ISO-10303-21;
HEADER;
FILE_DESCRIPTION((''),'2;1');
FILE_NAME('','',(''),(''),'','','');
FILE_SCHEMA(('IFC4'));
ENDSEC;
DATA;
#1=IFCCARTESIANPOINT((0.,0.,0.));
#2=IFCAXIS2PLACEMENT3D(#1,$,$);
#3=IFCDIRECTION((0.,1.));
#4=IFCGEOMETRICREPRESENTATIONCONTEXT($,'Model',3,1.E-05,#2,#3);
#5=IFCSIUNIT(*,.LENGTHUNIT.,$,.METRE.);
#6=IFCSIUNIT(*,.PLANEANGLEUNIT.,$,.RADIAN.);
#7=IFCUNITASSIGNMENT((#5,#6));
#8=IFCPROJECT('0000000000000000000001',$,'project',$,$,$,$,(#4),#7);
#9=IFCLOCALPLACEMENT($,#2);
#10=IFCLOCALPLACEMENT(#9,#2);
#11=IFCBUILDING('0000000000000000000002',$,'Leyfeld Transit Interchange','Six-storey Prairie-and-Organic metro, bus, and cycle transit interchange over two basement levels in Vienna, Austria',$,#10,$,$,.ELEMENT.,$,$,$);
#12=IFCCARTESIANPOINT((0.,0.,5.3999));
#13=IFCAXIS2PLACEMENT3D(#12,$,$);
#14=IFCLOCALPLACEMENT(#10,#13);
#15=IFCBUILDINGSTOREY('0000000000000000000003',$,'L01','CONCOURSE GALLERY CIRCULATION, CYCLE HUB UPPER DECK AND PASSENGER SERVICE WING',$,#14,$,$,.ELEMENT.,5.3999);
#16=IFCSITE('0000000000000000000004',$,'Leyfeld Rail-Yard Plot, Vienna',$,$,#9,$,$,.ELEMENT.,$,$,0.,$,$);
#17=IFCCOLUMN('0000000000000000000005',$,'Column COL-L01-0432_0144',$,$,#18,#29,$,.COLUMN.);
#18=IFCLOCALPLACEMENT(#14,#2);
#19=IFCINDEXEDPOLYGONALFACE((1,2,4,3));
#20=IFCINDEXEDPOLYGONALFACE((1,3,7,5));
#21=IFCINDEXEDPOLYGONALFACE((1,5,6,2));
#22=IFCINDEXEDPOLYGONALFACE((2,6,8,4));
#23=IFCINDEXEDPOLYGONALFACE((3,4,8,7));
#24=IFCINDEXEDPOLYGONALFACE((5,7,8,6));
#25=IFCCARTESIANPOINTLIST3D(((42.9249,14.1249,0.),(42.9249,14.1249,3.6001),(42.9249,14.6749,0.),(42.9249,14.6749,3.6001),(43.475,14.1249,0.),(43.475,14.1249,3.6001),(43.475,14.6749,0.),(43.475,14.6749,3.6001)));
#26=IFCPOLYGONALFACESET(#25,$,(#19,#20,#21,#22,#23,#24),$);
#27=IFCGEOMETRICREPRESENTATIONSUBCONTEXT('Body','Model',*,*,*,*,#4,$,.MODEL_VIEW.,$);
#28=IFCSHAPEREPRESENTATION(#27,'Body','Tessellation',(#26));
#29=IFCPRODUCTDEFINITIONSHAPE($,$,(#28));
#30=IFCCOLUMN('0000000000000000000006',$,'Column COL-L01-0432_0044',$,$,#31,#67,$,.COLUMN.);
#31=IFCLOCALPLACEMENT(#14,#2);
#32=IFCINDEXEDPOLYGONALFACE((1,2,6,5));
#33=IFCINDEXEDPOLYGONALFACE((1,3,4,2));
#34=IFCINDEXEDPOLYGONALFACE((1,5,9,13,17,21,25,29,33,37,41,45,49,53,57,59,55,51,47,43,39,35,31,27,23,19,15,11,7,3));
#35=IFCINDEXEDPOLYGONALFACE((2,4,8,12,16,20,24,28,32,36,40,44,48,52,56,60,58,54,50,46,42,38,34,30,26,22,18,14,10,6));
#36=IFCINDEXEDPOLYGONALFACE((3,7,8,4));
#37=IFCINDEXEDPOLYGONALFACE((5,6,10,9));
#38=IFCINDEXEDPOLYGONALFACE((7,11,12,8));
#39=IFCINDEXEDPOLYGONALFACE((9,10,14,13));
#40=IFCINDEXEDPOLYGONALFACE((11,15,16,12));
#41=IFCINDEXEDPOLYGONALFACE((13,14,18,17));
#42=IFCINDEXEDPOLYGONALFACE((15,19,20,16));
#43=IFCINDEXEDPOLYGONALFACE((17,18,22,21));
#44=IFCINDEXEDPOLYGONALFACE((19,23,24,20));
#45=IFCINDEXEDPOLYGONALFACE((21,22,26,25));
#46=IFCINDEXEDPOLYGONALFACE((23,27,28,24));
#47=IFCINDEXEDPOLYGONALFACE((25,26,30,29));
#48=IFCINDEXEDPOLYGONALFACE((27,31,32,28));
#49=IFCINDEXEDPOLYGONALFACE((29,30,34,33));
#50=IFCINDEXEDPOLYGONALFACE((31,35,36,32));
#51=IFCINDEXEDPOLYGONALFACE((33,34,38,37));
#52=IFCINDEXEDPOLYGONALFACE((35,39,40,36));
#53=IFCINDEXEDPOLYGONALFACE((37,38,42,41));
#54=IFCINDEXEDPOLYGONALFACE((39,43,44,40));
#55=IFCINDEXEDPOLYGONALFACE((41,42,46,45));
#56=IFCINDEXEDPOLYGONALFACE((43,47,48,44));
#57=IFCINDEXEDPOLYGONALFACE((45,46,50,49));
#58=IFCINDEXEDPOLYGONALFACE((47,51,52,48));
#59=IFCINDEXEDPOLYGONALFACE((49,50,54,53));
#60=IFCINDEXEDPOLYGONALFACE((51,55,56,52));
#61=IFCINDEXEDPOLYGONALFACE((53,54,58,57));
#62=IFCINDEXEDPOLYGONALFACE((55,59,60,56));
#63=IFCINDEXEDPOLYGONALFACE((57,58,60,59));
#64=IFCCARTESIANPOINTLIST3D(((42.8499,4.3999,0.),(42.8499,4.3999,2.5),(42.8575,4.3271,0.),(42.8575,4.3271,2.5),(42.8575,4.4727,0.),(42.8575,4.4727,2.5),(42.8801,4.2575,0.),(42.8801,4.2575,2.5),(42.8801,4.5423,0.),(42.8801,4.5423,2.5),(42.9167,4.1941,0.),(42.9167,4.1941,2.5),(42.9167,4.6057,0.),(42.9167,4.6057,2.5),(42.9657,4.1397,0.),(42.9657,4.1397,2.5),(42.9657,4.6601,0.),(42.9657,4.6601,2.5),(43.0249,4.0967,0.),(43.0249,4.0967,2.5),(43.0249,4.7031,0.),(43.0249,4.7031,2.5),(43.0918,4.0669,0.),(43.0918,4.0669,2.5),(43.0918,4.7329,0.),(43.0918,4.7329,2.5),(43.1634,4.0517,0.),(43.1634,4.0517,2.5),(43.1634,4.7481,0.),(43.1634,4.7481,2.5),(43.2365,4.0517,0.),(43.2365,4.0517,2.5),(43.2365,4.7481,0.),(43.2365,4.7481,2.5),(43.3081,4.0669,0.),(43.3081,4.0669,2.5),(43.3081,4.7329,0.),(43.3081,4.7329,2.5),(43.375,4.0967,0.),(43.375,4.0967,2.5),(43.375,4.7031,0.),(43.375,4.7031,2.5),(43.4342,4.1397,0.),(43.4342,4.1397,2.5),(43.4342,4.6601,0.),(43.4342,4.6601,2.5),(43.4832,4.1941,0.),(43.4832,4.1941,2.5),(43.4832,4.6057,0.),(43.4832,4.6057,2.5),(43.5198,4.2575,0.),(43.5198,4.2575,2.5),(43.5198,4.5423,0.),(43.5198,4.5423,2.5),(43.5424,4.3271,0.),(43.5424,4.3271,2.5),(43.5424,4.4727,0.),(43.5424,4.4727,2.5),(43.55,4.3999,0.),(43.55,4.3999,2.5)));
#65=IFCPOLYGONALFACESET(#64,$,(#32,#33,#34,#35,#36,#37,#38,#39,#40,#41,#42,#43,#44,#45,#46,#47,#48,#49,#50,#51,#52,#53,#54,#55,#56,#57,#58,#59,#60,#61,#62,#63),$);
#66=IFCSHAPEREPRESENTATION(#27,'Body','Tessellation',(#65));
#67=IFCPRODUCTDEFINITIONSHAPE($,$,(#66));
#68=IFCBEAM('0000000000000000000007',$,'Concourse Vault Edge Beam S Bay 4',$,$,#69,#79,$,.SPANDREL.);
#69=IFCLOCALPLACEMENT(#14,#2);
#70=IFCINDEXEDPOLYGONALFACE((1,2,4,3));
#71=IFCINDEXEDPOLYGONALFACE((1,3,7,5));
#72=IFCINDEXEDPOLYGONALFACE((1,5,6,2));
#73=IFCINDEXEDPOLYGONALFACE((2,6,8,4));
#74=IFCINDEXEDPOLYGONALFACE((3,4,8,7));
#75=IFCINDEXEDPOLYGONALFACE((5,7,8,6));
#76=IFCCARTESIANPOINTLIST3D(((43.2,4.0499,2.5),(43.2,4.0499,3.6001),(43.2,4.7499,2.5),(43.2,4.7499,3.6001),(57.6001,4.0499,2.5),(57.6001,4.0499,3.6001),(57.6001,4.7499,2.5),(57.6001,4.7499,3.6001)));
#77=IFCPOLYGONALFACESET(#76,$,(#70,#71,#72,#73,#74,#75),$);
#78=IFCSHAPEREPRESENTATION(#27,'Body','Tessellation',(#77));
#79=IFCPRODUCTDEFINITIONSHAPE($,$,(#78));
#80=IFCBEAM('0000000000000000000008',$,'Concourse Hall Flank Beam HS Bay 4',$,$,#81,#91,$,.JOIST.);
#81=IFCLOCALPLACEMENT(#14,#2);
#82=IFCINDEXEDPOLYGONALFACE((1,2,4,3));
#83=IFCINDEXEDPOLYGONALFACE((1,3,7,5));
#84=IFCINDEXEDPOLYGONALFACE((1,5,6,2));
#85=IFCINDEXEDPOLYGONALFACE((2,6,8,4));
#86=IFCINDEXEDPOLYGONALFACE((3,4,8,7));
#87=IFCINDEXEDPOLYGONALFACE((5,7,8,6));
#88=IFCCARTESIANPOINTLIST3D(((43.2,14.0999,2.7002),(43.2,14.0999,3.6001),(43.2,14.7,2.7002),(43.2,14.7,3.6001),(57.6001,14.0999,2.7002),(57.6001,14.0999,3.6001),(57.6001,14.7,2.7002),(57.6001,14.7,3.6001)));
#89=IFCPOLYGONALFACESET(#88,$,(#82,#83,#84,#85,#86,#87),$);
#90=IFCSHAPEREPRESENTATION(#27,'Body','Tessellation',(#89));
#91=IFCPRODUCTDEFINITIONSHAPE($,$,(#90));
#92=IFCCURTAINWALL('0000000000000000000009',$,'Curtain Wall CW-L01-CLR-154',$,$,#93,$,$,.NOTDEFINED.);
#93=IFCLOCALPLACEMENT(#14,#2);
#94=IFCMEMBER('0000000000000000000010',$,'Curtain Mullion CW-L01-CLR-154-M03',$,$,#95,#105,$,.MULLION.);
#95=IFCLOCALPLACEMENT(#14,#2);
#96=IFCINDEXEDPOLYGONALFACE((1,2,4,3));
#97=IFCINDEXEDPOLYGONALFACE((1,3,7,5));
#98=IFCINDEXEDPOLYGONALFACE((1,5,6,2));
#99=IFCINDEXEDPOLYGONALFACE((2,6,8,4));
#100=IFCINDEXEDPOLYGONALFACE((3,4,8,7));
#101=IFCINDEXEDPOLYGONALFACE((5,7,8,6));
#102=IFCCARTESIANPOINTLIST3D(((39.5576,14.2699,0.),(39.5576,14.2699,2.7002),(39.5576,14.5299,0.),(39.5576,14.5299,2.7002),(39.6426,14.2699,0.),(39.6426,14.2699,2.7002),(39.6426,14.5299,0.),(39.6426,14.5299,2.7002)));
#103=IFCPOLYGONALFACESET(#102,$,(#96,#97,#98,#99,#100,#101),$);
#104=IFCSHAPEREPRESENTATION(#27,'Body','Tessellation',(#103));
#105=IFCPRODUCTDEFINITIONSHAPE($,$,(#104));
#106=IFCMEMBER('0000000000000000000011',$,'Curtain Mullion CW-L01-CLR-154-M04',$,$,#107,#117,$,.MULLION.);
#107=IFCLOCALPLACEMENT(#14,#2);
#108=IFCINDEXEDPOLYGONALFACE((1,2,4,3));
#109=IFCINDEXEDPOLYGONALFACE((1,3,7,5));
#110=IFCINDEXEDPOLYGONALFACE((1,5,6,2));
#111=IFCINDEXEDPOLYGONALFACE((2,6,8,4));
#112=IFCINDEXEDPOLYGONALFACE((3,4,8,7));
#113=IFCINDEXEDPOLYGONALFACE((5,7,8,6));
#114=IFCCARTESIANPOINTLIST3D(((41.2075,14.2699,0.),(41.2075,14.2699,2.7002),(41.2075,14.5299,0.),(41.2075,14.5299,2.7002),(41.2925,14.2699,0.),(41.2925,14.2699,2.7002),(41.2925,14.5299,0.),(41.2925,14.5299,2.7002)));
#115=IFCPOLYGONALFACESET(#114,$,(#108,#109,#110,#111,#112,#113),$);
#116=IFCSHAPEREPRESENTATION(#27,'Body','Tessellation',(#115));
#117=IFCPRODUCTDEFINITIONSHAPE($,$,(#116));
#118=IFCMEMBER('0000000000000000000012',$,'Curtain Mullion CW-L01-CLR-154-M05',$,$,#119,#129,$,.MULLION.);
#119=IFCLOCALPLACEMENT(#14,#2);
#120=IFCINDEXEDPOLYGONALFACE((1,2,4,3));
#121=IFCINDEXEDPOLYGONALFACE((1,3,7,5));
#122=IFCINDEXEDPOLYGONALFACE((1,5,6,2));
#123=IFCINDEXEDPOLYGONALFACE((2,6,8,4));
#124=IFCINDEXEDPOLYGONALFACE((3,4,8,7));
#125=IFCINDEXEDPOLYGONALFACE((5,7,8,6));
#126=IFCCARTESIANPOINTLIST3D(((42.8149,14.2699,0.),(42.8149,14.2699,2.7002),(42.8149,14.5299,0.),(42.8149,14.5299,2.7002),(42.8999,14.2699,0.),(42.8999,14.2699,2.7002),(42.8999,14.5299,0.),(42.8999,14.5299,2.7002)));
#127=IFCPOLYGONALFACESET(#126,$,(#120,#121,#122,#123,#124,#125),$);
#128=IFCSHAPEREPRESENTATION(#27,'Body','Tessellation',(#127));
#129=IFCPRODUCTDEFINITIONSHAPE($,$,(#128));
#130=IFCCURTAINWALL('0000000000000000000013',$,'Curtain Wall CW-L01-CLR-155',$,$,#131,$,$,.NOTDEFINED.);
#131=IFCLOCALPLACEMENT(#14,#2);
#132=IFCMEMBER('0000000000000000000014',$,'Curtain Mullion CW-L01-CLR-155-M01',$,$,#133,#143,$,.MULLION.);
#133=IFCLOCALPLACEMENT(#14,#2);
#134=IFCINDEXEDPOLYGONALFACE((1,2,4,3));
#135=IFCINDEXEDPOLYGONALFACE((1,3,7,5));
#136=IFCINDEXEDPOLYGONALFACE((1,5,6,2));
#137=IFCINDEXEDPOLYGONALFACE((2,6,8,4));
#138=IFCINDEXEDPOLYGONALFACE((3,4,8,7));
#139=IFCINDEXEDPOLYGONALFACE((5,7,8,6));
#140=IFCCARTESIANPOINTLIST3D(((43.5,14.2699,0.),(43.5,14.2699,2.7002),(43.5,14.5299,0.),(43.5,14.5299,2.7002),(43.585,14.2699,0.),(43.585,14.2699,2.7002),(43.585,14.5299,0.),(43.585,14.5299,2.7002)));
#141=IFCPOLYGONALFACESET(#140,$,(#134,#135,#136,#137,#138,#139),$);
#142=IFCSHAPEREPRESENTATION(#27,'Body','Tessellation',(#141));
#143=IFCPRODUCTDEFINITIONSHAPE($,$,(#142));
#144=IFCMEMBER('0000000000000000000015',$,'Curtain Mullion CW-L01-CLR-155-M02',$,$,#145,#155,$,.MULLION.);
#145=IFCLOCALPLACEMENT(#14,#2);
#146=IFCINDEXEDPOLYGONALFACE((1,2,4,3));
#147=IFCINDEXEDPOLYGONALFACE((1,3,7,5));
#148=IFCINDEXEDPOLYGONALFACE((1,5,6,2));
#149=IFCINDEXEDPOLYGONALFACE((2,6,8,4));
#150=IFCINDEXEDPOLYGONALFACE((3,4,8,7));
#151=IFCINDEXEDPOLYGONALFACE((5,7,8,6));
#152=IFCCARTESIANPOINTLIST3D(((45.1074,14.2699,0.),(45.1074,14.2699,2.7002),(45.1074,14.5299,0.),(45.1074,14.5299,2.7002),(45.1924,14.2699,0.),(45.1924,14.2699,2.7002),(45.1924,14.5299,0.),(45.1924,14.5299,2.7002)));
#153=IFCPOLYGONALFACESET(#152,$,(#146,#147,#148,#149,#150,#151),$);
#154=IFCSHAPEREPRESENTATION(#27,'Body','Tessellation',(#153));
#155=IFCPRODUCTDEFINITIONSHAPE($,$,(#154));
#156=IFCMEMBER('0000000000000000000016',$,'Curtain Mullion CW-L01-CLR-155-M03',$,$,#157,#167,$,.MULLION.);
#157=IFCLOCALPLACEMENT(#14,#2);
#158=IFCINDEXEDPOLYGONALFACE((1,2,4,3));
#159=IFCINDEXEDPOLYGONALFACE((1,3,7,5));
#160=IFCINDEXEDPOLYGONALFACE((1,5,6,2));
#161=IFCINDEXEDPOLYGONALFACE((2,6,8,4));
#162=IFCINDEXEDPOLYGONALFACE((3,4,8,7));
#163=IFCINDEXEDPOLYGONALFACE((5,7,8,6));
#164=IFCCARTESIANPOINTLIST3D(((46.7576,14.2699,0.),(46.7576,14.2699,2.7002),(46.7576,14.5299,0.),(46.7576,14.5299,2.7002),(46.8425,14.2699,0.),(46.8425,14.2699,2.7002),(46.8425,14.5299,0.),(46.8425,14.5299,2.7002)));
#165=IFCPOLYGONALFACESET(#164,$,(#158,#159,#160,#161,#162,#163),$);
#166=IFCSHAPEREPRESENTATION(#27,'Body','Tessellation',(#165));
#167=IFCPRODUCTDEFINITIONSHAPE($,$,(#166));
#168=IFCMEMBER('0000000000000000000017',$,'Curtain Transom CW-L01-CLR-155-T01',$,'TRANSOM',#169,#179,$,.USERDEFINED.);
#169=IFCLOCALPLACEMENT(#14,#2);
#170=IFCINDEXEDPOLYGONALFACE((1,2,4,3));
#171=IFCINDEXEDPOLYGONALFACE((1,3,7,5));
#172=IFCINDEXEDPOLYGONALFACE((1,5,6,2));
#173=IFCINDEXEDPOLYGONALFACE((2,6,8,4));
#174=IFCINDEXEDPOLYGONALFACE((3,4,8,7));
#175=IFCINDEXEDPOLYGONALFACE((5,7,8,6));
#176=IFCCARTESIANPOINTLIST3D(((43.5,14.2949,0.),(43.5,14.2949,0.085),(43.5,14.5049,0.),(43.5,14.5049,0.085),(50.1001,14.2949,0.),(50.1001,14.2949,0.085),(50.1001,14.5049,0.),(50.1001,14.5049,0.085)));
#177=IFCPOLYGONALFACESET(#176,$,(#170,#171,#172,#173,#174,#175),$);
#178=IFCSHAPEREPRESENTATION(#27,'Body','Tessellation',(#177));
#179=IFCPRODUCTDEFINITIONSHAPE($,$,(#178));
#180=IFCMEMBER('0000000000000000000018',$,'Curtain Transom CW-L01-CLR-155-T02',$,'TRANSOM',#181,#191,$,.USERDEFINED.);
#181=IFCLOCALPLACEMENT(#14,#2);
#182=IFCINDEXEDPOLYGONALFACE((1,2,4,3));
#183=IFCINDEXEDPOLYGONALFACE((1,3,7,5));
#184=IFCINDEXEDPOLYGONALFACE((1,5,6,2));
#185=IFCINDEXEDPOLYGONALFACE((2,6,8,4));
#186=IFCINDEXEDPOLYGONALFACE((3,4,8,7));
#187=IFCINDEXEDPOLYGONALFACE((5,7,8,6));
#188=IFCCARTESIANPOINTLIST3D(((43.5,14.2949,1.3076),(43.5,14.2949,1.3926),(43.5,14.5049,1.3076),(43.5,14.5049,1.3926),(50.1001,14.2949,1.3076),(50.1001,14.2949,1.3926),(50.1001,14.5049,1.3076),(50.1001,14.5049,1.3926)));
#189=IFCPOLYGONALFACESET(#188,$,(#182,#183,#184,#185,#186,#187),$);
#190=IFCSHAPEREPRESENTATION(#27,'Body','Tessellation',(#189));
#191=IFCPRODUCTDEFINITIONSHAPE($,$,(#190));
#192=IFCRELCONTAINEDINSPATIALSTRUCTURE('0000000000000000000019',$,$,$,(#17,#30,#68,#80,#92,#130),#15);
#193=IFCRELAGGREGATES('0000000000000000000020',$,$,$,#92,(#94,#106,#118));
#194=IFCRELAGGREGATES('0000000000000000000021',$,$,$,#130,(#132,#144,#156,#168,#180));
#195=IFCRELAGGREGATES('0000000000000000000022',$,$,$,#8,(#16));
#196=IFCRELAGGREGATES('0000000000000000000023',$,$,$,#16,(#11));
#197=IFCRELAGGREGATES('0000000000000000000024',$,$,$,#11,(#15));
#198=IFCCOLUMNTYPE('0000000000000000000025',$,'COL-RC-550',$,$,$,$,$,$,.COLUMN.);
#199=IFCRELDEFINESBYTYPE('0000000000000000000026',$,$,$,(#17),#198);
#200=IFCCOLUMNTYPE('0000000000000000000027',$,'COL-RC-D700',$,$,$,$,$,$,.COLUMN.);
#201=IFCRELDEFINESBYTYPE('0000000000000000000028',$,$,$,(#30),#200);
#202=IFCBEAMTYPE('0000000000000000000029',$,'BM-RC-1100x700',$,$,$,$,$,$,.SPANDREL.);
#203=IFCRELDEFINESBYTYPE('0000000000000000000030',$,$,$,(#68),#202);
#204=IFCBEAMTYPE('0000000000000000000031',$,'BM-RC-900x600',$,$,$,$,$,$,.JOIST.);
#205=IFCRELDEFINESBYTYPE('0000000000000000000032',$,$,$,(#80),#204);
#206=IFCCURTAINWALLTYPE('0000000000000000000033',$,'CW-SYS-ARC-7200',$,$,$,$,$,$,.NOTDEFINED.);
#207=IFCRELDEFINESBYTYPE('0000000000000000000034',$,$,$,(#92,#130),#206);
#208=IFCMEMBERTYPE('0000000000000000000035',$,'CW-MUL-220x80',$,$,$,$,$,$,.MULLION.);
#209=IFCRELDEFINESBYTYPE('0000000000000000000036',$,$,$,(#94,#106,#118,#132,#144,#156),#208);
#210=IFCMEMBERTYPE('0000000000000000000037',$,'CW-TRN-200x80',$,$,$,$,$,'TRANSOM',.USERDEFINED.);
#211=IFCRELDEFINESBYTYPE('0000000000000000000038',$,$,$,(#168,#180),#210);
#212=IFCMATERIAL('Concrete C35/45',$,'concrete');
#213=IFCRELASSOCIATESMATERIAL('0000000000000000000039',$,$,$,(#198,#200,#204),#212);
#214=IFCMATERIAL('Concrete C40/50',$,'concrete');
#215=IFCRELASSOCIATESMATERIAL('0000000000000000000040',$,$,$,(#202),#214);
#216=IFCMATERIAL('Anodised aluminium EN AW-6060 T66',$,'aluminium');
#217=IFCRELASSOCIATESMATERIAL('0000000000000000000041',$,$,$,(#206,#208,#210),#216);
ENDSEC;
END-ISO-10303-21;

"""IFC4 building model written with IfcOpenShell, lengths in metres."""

from ifc_helpers import new_model, si_unit, direction, frame, origin, origin_2d, place, context, subcontext, project, spatial, rectangle, circle, extrude, material, material_profile, profile_set, type_object, element, aggregate, save


model = new_model("IFC4")

# Units and contexts
model_context = context("Model", 3, precision=1e-05, world=origin(), true_north=direction((0.0, 1.0)))
body_context = subcontext(model_context, "Body", "Model", "MODEL_VIEW")
ifc_project = project(units=[si_unit("LENGTHUNIT", "METRE"), si_unit("PLANEANGLEUNIT", "RADIAN")], contexts=[model_context])

# Site, building, storey
site_placement = place(None, origin())
site = spatial("IfcSite", under=ifc_project, at=site_placement, Name="Leyfeld Rail-Yard Plot, Vienna", CompositionType="ELEMENT", RefElevation=0.0)
building_placement = place(site_placement, origin())
building = spatial("IfcBuilding", under=site, at=building_placement, Name="Leyfeld Transit Interchange", Description="Six-storey Prairie-and-Organic metro, bus, and cycle transit interchange over two basement levels in Vienna, Austria", CompositionType="ELEMENT")
storey_placement = place(building_placement, frame((0.0, 0.0, 5.3999)))
storey = spatial("IfcBuildingStorey", under=building, at=storey_placement, Name="L01", Description="CONCOURSE GALLERY CIRCULATION, CYCLE HUB UPPER DECK AND PASSENGER SERVICE WING", CompositionType="ELEMENT", Elevation=5.3999)

# Columns
ifc_material_1 = material(Name="Concrete C35/45", Category="concrete")
ifc_material_profile_1 = material_profile(ifc_material_1, rectangle(XDim=0.55, YDim=0.55, at=origin_2d()), Name="RC 550x550")
ifc_profile_set_1 = profile_set([ifc_material_profile_1], Name="Concrete C35/45")
column_type_1 = type_object("IfcColumnType", Name="COL-RC-550", PredefinedType="COLUMN", material=ifc_profile_set_1)
column_1_placement = place(storey_placement, frame((43.2, 14.3999, 0.0), z_axis=(0.0, 0.0, 1.0), x_axis=(1.0, 0.0, 0.0)))
element("IfcColumn", 1, at=column_1_placement, inside=storey, type_object=column_type_1, Name="Column COL-L01-0432_0144", PredefinedType="COLUMN", context=body_context, shape_type="SweptSolid", body=[
    extrude(rectangle(XDim=0.55, YDim=0.55, at=origin_2d()), origin(), (0.0, 0.0, 1.0), 3.6001),
])
ifc_material_profile_2 = material_profile(ifc_material_1, circle(Radius=0.3501, at=origin_2d()), Name="RC D700")
ifc_profile_set_2 = profile_set([ifc_material_profile_2], Name="Concrete C35/45")
column_type_2 = type_object("IfcColumnType", Name="COL-RC-D700", PredefinedType="COLUMN", material=ifc_profile_set_2)
column_2_placement = place(storey_placement, frame((43.2, 4.3999, 0.0), z_axis=(0.0, 0.0, 1.0), x_axis=(1.0, 0.0, 0.0)))
element("IfcColumn", 2, at=column_2_placement, inside=storey, type_object=column_type_2, Name="Column COL-L01-0432_0044", PredefinedType="COLUMN", context=body_context, shape_type="SweptSolid", body=[
    extrude(circle(Radius=0.3501, at=origin_2d()), origin(), (0.0, 0.0, 1.0), 2.5),
])

# Beams
ifc_material_2 = material(Name="Concrete C40/50", Category="concrete")
ifc_material_profile_3 = material_profile(ifc_material_2, rectangle(XDim=0.7, YDim=1.1001, at=origin_2d()), Name="RC 1100x700")
ifc_profile_set_3 = profile_set([ifc_material_profile_3], Name="Concrete C40/50")
beam_type_1 = type_object("IfcBeamType", Name="BM-RC-1100x700", PredefinedType="SPANDREL", material=ifc_profile_set_3)
beam_1_placement = place(storey_placement, frame((43.2, 4.3999, 3.05), z_axis=(1.0, 0.0, 0.0), x_axis=(0.0, 1.0, 0.0)))
element("IfcBeam", 3, at=beam_1_placement, inside=storey, type_object=beam_type_1, Name="Concourse Vault Edge Beam S Bay 4", PredefinedType="SPANDREL", context=body_context, shape_type="SweptSolid", body=[
    extrude(rectangle(XDim=0.7, YDim=1.1001, at=origin_2d()), origin(), (0.0, 0.0, 1.0), 14.4001),
])
ifc_material_profile_4 = material_profile(ifc_material_1, rectangle(XDim=0.6001, YDim=0.8999, at=origin_2d()), Name="RC 900x600")
ifc_profile_set_4 = profile_set([ifc_material_profile_4], Name="Concrete C35/45")
beam_type_2 = type_object("IfcBeamType", Name="BM-RC-900x600", PredefinedType="JOIST", material=ifc_profile_set_4)
beam_2_placement = place(storey_placement, frame((43.2, 14.3999, 3.1501), z_axis=(1.0, 0.0, 0.0), x_axis=(0.0, 1.0, 0.0)))
element("IfcBeam", 4, at=beam_2_placement, inside=storey, type_object=beam_type_2, Name="Concourse Hall Flank Beam HS Bay 4", PredefinedType="JOIST", context=body_context, shape_type="SweptSolid", body=[
    extrude(rectangle(XDim=0.6001, YDim=0.8999, at=origin_2d()), origin(), (0.0, 0.0, 1.0), 14.4001),
])

# Curtain walls, members
ifc_material_3 = material(Name="Anodised aluminium EN AW-6060 T66", Category="aluminium")
curtain_wall_type = type_object("IfcCurtainWallType", Name="CW-SYS-ARC-7200", PredefinedType="NOTDEFINED", material=ifc_material_3)
curtain_wall_1_placement = place(storey_placement, origin())
curtain_wall_1 = element("IfcCurtainWall", 5, at=curtain_wall_1_placement, inside=storey, type_object=curtain_wall_type, Name="Curtain Wall CW-L01-CLR-154", PredefinedType="NOTDEFINED")
ifc_material_profile_5 = material_profile(ifc_material_3, rectangle(XDim=0.085, YDim=0.26, at=origin_2d()), Name="CW-M 85x260")
ifc_profile_set_5 = profile_set([ifc_material_profile_5], Name="Anodised aluminium EN AW-6060 T66")
member_type_1 = type_object("IfcMemberType", Name="CW-MUL-220x80", PredefinedType="MULLION", material=ifc_profile_set_5)
member_1_placement = place(storey_placement, frame((39.6001, 14.3999, 0.0), z_axis=(0.0, 0.0, 1.0), x_axis=(1.0, 0.0, 0.0)))
member_1 = element("IfcMember", 6, at=member_1_placement, type_object=member_type_1, Name="Curtain Mullion CW-L01-CLR-154-M03", PredefinedType="MULLION", context=body_context, shape_type="SweptSolid", body=[
    extrude(rectangle(XDim=0.085, YDim=0.26, at=origin_2d()), origin(), (0.0, 0.0, 1.0), 2.7002),
])
member_2_placement = place(storey_placement, frame((41.25, 14.3999, 0.0), z_axis=(0.0, 0.0, 1.0), x_axis=(1.0, 0.0, 0.0)))
member_2 = element("IfcMember", 7, at=member_2_placement, type_object=member_type_1, Name="Curtain Mullion CW-L01-CLR-154-M04", PredefinedType="MULLION", context=body_context, shape_type="SweptSolid", body=[
    extrude(rectangle(XDim=0.085, YDim=0.26, at=origin_2d()), origin(), (0.0, 0.0, 1.0), 2.7002),
])
member_3_placement = place(storey_placement, frame((42.8574, 14.3999, 0.0), z_axis=(0.0, 0.0, 1.0), x_axis=(1.0, 0.0, 0.0)))
member_3 = element("IfcMember", 8, at=member_3_placement, type_object=member_type_1, Name="Curtain Mullion CW-L01-CLR-154-M05", PredefinedType="MULLION", context=body_context, shape_type="SweptSolid", body=[
    extrude(rectangle(XDim=0.085, YDim=0.26, at=origin_2d()), origin(), (0.0, 0.0, 1.0), 2.7002),
])
curtain_wall_2_placement = place(storey_placement, origin())
curtain_wall_2 = element("IfcCurtainWall", 9, at=curtain_wall_2_placement, inside=storey, type_object=curtain_wall_type, Name="Curtain Wall CW-L01-CLR-155", PredefinedType="NOTDEFINED")
member_4_placement = place(storey_placement, frame((43.5425, 14.3999, 0.0), z_axis=(0.0, 0.0, 1.0), x_axis=(1.0, 0.0, 0.0)))
member_4 = element("IfcMember", 10, at=member_4_placement, type_object=member_type_1, Name="Curtain Mullion CW-L01-CLR-155-M01", PredefinedType="MULLION", context=body_context, shape_type="SweptSolid", body=[
    extrude(rectangle(XDim=0.085, YDim=0.26, at=origin_2d()), origin(), (0.0, 0.0, 1.0), 2.7002),
])
member_5_placement = place(storey_placement, frame((45.1499, 14.3999, 0.0), z_axis=(0.0, 0.0, 1.0), x_axis=(1.0, 0.0, 0.0)))
member_5 = element("IfcMember", 11, at=member_5_placement, type_object=member_type_1, Name="Curtain Mullion CW-L01-CLR-155-M02", PredefinedType="MULLION", context=body_context, shape_type="SweptSolid", body=[
    extrude(rectangle(XDim=0.085, YDim=0.26, at=origin_2d()), origin(), (0.0, 0.0, 1.0), 2.7002),
])
member_6_placement = place(storey_placement, frame((46.8, 14.3999, 0.0), z_axis=(0.0, 0.0, 1.0), x_axis=(1.0, 0.0, 0.0)))
member_6 = element("IfcMember", 12, at=member_6_placement, type_object=member_type_1, Name="Curtain Mullion CW-L01-CLR-155-M03", PredefinedType="MULLION", context=body_context, shape_type="SweptSolid", body=[
    extrude(rectangle(XDim=0.085, YDim=0.26, at=origin_2d()), origin(), (0.0, 0.0, 1.0), 2.7002),
])
ifc_material_profile_6 = material_profile(ifc_material_3, rectangle(XDim=0.21, YDim=0.085, at=origin_2d()), Name="CW-TRN-200x80")
ifc_profile_set_6 = profile_set([ifc_material_profile_6], Name="Anodised aluminium EN AW-6060 T66")
member_type_2 = type_object("IfcMemberType", Name="CW-TRN-200x80", ElementType="TRANSOM", PredefinedType="USERDEFINED", material=ifc_profile_set_6)
member_7_placement = place(storey_placement, frame((43.5, 14.3999, 0.0425), z_axis=(1.0, 0.0, 0.0), x_axis=(0.0, 1.0, 0.0)))
member_7 = element("IfcMember", 13, at=member_7_placement, type_object=member_type_2, Name="Curtain Transom CW-L01-CLR-155-T01", ObjectType="TRANSOM", PredefinedType="USERDEFINED", context=body_context, shape_type="SweptSolid", body=[
    extrude(rectangle(XDim=0.21, YDim=0.085, at=origin_2d()), origin(), (0.0, 0.0, 1.0), 6.6001),
])
member_8_placement = place(storey_placement, frame((43.5, 14.3999, 1.3501), z_axis=(1.0, 0.0, 0.0), x_axis=(0.0, 1.0, 0.0)))
member_8 = element("IfcMember", 14, at=member_8_placement, type_object=member_type_2, Name="Curtain Transom CW-L01-CLR-155-T02", ObjectType="TRANSOM", PredefinedType="USERDEFINED", context=body_context, shape_type="SweptSolid", body=[
    extrude(rectangle(XDim=0.21, YDim=0.085, at=origin_2d()), origin(), (0.0, 0.0, 1.0), 6.6001),
])

aggregate(curtain_wall_1, [member_1, member_2, member_3])
aggregate(curtain_wall_2, [member_4, member_5, member_6, member_7, member_8])

save(model, "model.ifc")
